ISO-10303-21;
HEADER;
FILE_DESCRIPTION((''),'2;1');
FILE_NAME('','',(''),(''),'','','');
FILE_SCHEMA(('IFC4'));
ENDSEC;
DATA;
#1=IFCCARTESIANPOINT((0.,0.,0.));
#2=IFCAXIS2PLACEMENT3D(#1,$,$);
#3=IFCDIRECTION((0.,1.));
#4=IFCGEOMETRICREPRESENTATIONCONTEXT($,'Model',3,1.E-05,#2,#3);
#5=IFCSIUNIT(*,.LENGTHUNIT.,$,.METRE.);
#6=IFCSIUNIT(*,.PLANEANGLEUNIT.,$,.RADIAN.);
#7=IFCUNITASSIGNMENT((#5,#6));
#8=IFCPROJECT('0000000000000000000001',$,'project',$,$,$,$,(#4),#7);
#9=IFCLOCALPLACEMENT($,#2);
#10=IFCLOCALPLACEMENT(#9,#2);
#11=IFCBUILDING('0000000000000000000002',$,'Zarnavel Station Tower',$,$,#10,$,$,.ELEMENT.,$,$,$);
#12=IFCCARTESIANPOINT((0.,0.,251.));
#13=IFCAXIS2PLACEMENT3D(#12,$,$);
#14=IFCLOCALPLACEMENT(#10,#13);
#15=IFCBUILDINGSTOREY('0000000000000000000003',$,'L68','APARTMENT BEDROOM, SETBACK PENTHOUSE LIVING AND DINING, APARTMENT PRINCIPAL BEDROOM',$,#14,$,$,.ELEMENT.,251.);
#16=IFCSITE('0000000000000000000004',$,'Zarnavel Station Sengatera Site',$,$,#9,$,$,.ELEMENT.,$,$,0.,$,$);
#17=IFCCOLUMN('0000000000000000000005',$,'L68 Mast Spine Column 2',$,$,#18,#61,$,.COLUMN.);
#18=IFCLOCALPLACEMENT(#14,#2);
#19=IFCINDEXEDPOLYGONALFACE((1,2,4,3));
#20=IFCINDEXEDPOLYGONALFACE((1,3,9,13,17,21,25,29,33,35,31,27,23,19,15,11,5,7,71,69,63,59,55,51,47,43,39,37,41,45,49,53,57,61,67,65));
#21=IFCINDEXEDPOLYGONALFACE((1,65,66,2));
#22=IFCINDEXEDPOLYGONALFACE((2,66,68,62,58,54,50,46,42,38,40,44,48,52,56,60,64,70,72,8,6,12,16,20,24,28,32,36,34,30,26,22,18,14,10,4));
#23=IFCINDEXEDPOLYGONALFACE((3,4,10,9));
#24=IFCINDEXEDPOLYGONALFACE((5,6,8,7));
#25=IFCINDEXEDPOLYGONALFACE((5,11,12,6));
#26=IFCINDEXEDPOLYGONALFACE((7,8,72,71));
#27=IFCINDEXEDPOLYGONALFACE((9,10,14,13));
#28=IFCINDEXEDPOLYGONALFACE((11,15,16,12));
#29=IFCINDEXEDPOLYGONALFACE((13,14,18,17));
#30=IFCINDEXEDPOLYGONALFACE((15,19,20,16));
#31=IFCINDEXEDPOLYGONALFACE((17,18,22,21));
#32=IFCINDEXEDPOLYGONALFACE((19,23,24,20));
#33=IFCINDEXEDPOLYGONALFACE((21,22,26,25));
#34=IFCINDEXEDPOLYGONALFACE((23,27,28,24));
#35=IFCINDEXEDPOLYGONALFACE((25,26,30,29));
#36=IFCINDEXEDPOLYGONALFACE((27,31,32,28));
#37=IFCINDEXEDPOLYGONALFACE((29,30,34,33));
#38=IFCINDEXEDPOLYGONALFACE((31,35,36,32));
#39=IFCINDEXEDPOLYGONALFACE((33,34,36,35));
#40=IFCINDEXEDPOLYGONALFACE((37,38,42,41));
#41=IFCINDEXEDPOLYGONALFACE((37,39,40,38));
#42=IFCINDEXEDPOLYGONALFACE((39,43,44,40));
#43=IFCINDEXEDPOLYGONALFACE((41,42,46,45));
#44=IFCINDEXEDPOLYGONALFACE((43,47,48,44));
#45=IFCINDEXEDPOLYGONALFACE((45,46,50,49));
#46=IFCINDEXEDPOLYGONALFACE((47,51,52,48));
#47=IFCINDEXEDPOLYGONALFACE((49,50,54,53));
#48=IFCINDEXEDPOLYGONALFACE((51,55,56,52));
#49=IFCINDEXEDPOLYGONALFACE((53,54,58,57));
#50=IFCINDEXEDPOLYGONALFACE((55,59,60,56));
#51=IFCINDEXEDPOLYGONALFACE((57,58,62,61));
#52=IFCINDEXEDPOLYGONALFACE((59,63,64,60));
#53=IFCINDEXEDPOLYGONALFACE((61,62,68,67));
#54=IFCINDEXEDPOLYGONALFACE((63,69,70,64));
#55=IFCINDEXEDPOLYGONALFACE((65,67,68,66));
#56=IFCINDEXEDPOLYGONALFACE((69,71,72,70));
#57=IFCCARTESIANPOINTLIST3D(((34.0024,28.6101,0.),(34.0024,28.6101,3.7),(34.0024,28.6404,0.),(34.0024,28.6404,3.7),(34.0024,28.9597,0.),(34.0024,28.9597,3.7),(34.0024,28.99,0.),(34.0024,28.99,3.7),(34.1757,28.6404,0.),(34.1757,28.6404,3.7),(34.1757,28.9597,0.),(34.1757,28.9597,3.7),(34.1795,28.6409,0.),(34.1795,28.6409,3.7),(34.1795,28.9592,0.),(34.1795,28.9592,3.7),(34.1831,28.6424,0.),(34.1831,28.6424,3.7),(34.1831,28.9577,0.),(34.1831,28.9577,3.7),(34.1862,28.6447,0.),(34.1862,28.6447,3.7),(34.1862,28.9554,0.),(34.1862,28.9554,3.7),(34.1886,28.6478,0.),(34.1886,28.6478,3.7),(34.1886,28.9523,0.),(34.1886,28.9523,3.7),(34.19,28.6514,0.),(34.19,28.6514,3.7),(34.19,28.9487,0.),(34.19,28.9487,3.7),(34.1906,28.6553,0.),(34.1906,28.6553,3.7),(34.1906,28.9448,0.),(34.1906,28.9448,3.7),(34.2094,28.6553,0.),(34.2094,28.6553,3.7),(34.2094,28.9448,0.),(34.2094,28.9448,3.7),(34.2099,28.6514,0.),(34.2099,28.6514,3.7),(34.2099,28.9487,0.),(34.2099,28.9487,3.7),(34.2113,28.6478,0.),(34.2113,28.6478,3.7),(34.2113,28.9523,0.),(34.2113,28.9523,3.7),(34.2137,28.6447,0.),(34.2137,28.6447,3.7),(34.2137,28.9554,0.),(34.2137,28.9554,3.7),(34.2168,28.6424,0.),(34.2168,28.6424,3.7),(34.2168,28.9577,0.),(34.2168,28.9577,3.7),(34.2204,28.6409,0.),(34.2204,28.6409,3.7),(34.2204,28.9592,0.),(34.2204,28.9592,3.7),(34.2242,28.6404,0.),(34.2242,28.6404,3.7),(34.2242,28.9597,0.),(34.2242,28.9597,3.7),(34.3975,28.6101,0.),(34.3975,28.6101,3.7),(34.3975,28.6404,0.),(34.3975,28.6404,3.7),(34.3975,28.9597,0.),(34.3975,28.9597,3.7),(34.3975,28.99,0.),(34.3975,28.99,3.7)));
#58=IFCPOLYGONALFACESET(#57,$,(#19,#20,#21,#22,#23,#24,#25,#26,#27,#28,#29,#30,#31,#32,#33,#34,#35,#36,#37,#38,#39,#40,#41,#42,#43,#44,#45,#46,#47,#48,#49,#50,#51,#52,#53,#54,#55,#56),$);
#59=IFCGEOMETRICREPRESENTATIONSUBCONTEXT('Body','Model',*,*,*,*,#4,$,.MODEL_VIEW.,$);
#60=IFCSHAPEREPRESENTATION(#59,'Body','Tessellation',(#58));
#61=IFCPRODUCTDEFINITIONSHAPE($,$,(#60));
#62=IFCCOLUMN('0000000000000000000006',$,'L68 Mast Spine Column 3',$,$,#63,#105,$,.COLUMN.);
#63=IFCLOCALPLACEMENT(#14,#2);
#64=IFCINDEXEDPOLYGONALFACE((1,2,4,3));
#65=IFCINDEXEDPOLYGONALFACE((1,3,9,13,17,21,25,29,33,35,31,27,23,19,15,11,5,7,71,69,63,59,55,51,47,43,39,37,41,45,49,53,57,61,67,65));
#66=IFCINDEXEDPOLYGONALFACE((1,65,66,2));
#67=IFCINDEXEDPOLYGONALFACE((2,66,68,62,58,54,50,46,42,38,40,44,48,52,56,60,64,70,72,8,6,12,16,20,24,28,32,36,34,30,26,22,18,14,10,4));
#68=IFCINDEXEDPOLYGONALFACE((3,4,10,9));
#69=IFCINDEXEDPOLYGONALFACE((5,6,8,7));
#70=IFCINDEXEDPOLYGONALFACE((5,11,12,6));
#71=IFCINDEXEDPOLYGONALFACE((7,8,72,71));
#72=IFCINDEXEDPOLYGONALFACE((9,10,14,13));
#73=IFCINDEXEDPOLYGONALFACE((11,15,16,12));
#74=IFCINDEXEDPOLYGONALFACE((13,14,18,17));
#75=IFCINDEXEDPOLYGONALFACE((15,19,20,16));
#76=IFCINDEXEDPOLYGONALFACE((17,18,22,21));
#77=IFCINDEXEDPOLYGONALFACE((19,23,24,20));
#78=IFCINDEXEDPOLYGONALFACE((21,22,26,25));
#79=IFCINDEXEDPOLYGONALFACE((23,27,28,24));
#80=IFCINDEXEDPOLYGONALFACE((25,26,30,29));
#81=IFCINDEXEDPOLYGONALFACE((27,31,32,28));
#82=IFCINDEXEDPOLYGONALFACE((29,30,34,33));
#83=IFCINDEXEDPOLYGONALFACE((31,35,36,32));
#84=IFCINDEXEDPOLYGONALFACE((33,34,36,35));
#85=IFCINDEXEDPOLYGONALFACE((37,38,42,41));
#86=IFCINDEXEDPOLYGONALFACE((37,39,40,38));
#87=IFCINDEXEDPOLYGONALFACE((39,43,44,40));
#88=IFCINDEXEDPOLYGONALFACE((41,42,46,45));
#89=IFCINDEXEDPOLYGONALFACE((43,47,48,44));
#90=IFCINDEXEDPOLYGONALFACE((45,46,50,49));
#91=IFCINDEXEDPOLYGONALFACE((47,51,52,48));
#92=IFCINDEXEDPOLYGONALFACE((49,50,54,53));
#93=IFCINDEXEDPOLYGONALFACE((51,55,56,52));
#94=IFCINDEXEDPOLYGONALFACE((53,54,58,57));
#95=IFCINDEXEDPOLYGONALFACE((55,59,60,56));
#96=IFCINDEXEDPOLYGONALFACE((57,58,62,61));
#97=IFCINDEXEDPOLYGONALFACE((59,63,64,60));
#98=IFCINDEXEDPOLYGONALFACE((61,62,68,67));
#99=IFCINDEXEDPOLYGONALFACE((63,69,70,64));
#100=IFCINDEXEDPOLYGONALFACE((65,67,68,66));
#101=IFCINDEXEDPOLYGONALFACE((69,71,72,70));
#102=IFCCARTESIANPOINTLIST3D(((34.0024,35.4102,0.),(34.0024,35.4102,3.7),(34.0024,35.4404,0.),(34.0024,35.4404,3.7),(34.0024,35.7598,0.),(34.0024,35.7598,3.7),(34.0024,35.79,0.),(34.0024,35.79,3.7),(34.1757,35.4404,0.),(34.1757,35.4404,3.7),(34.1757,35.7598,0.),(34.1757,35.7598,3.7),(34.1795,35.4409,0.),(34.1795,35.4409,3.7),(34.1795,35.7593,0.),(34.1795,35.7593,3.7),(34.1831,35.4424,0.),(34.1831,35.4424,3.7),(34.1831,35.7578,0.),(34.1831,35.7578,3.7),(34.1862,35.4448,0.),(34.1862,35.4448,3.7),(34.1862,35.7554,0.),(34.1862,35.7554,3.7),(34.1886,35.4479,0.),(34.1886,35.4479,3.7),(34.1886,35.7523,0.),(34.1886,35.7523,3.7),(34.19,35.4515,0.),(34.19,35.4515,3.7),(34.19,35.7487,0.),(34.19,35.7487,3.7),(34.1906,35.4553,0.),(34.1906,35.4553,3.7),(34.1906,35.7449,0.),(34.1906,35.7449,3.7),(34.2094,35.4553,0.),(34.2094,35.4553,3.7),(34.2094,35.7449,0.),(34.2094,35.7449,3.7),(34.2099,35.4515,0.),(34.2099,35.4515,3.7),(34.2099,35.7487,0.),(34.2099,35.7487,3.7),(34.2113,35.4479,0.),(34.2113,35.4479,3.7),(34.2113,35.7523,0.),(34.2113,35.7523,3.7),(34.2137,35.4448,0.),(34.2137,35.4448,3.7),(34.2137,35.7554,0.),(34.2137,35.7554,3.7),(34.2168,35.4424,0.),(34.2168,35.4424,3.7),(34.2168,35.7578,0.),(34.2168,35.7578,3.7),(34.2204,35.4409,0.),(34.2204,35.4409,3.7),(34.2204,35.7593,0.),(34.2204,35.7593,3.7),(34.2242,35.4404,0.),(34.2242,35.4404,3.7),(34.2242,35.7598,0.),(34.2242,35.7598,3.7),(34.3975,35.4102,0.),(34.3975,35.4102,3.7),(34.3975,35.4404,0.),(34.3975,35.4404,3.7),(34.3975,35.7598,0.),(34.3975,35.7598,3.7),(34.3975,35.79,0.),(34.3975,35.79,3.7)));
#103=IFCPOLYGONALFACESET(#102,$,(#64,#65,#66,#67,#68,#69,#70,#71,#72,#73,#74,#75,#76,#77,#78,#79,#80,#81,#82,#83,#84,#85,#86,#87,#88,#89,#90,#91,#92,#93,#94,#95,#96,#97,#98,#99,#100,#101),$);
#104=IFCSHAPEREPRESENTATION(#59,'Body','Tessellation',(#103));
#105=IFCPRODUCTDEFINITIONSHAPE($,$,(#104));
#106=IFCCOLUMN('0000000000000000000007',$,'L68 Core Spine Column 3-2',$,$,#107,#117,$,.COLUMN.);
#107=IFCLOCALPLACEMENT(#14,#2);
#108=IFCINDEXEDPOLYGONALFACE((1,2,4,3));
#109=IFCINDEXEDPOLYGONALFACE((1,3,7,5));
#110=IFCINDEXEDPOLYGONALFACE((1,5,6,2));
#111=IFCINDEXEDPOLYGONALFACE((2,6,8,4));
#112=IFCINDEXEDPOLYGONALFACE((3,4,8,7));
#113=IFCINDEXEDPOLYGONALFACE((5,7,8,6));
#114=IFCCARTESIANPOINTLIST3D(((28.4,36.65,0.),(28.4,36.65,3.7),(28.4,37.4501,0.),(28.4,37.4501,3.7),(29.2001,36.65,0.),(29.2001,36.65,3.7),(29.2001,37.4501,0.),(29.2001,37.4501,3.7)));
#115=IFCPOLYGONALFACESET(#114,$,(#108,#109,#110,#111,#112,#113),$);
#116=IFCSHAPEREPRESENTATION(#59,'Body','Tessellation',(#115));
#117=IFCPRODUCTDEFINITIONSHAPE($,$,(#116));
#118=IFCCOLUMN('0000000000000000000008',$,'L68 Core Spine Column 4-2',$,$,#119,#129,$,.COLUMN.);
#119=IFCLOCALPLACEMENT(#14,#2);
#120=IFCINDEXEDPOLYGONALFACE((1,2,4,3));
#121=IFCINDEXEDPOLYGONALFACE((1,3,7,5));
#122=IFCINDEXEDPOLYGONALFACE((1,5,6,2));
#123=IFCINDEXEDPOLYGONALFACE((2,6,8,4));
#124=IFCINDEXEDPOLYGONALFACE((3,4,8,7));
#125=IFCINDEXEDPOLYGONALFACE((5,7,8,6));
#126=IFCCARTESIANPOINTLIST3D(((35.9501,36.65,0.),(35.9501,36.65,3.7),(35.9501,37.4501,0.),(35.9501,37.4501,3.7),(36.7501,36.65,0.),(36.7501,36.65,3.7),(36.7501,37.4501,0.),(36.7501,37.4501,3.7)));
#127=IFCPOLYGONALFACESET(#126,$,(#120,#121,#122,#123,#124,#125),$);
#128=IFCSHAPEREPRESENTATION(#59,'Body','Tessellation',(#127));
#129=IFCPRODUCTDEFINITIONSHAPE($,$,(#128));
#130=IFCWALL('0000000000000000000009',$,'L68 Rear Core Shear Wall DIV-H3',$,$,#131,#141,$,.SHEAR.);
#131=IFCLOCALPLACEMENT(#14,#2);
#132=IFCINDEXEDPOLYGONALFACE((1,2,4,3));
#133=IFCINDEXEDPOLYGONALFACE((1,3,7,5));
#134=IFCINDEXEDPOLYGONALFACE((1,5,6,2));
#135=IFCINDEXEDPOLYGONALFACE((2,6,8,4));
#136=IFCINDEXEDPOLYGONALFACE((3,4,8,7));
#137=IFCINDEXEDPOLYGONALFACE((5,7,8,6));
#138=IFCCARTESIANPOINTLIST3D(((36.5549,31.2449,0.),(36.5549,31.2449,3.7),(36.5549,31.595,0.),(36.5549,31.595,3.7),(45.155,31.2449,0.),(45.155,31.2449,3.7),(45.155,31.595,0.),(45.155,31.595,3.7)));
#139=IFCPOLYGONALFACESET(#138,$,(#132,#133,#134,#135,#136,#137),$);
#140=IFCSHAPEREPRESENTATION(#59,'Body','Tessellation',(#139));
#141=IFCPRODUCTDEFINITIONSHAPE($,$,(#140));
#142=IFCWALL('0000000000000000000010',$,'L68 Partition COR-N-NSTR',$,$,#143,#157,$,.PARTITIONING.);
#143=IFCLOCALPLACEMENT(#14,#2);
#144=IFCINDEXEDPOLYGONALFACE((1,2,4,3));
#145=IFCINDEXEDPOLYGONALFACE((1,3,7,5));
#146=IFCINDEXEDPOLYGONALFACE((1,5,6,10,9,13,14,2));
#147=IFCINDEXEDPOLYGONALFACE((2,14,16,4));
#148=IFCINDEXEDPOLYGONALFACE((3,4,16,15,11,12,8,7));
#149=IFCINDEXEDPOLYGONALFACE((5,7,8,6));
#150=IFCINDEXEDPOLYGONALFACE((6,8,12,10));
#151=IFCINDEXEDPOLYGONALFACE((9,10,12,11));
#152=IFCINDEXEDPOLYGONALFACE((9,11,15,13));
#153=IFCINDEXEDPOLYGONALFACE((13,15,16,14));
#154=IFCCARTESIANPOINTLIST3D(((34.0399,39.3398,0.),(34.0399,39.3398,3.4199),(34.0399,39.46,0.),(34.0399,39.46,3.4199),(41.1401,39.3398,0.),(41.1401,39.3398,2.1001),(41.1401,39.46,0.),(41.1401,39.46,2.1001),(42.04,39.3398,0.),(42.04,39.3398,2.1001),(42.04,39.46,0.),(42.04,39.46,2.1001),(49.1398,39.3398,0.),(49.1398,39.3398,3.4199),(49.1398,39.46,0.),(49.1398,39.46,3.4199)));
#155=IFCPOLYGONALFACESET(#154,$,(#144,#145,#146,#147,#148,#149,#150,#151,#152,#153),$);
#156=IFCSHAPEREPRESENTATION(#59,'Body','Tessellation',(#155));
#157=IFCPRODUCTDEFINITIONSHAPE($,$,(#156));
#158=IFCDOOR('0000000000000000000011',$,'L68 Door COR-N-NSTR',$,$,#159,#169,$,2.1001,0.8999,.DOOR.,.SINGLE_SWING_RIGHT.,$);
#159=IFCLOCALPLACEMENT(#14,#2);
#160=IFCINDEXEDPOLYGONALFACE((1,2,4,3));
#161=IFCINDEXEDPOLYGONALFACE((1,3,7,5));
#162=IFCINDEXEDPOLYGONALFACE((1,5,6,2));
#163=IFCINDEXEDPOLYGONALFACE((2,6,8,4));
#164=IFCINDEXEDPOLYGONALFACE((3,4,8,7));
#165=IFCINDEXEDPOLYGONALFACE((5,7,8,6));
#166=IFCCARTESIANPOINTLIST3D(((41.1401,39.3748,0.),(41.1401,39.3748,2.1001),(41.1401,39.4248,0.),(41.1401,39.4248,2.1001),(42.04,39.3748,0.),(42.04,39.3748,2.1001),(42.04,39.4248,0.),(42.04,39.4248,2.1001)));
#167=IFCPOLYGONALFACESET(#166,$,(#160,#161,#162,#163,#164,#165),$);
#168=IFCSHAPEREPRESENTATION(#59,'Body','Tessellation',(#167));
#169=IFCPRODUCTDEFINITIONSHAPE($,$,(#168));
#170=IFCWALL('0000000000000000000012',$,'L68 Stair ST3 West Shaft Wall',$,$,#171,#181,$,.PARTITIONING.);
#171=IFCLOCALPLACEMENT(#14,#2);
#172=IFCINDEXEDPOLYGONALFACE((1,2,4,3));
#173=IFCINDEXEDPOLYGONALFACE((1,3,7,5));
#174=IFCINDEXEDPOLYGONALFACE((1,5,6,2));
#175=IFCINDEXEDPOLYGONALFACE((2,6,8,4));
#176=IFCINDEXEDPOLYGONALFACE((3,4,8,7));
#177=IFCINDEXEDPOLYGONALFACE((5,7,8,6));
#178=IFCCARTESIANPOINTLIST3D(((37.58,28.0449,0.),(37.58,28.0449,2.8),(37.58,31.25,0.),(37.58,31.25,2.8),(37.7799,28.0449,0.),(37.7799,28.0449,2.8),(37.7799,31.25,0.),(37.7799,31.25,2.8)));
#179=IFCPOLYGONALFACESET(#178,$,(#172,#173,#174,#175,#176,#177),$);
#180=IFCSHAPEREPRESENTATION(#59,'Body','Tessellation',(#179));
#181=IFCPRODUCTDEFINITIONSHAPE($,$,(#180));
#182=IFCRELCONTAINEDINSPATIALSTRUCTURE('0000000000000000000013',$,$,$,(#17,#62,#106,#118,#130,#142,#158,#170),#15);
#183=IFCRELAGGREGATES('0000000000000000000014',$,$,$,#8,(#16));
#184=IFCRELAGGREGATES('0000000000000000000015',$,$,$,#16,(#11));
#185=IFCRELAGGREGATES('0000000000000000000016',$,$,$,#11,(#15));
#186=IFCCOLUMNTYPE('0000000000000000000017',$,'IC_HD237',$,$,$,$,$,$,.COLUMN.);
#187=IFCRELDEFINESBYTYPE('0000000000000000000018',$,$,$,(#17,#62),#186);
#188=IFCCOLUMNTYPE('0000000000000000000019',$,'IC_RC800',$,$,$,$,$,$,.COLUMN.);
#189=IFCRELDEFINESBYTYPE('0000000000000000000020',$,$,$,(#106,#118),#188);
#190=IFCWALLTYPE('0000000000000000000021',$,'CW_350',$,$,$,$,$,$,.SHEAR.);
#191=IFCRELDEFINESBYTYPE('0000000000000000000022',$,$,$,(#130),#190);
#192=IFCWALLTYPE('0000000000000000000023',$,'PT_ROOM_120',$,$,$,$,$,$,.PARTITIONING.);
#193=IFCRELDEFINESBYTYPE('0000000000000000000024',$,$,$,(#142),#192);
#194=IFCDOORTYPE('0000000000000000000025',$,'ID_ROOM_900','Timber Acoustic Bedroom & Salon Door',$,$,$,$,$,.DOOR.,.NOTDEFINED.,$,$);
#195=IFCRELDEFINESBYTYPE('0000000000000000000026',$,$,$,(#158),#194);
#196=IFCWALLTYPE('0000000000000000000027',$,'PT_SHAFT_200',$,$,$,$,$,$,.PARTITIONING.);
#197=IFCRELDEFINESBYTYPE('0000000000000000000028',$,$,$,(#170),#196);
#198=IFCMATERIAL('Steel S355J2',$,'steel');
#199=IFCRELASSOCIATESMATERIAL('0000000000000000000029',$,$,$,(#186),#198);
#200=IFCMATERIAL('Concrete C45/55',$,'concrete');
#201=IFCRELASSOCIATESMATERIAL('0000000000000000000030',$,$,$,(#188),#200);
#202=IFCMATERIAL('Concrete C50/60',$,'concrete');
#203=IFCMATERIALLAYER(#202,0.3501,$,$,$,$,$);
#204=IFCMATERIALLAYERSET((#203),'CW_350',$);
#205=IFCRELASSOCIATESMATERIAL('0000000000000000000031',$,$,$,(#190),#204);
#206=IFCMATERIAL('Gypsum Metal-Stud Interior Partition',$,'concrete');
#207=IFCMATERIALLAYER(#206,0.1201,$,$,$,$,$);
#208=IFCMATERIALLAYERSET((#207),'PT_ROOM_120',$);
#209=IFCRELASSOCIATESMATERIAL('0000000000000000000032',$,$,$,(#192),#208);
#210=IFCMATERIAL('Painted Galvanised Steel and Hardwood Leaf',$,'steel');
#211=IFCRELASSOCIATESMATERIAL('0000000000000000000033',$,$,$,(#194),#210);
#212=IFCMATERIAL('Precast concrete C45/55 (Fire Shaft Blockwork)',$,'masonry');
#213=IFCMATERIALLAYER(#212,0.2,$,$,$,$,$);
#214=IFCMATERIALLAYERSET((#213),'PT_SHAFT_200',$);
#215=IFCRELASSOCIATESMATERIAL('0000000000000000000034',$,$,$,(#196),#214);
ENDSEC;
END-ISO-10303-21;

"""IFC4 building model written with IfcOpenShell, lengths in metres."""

from ifc_helpers import new_model, si_unit, direction, frame, frame_2d, origin, origin_2d, place, context, subcontext, project, spatial, rectangle, i_section, extrude, material, layer, layer_set, material_profile, profile_set, type_object, element, fill, save


model = new_model("IFC4")

# Units and contexts
model_context = context("Model", 3, precision=1e-05, world=origin(), true_north=direction((0.0, 1.0)))
body_context = subcontext(model_context, "Body", "Model", "MODEL_VIEW")
ifc_project = project(units=[si_unit("LENGTHUNIT", "METRE"), si_unit("PLANEANGLEUNIT", "RADIAN")], contexts=[model_context])

# Site, building, storey
site_placement = place(None, origin())
site = spatial("IfcSite", under=ifc_project, at=site_placement, Name="Zarnavel Station Sengatera Site", CompositionType="ELEMENT", RefElevation=0.0)
building_placement = place(site_placement, origin())
building = spatial("IfcBuilding", under=site, at=building_placement, Name="Zarnavel Station Tower", CompositionType="ELEMENT")
storey_placement = place(building_placement, frame((0.0, 0.0, 251.0)))
storey = spatial("IfcBuildingStorey", under=building, at=storey_placement, Name="L68", Description="APARTMENT BEDROOM, SETBACK PENTHOUSE LIVING AND DINING, APARTMENT PRINCIPAL BEDROOM", CompositionType="ELEMENT", Elevation=251.0)

# Columns
ifc_material_1 = material(Name="Steel S355J2", Category="steel")
ifc_material_profile_1 = material_profile(ifc_material_1, i_section(OverallWidth=0.395, OverallDepth=0.3799, WebThickness=0.0188, FlangeThickness=0.0303, FilletRadius=0.0149, at=origin_2d()), Name="HD400x237")
ifc_profile_set_1 = profile_set([ifc_material_profile_1], Name="Steel S355J2")
column_type_1 = type_object("IfcColumnType", Name="IC_HD237", PredefinedType="COLUMN", material=ifc_profile_set_1)
for number, where, z_axis, x_axis, name in (
    (1, (34.2, 28.8, 0.0), (0.0, 0.0, 1.0), (1.0, 0.0, 0.0), "L68 Mast Spine Column 2"),
    (2, (34.2, 35.6001, 0.0), (0.0, 0.0, 1.0), (1.0, 0.0, 0.0), "L68 Mast Spine Column 3"),
):
    element("IfcColumn", number, at=place(storey_placement, frame(where, z_axis=z_axis, x_axis=x_axis)), inside=storey, type_object=column_type_1, Name=name, PredefinedType="COLUMN", context=body_context, shape_type="SweptSolid", body=[
        extrude(i_section(OverallWidth=0.395, OverallDepth=0.3799, WebThickness=0.0188, FlangeThickness=0.0303, FilletRadius=0.0149, at=origin_2d()), origin(), (0.0, 0.0, 1.0), 3.7),
    ])
ifc_material_2 = material(Name="Concrete C45/55", Category="concrete")
ifc_material_profile_2 = material_profile(ifc_material_2, rectangle(XDim=0.8, YDim=0.8, at=origin_2d()), Name="RC800x800")
ifc_profile_set_2 = profile_set([ifc_material_profile_2], Name="Concrete C45/55")
column_type_2 = type_object("IfcColumnType", Name="IC_RC800", PredefinedType="COLUMN", material=ifc_profile_set_2)
for number, where, z_axis, x_axis, name in (
    (3, (28.8, 37.05, 0.0), (0.0, 0.0, 1.0), (1.0, 0.0, 0.0), "L68 Core Spine Column 3-2"),
    (4, (36.3501, 37.05, 0.0), (0.0, 0.0, 1.0), (1.0, 0.0, 0.0), "L68 Core Spine Column 4-2"),
):
    element("IfcColumn", number, at=place(storey_placement, frame(where, z_axis=z_axis, x_axis=x_axis)), inside=storey, type_object=column_type_2, Name=name, PredefinedType="COLUMN", context=body_context, shape_type="SweptSolid", body=[
        extrude(rectangle(XDim=0.8, YDim=0.8, at=origin_2d()), origin(), (0.0, 0.0, 1.0), 3.7),
    ])

# Wall
ifc_material_3 = material(Name="Concrete C50/60", Category="concrete")
ifc_layer_1 = layer(ifc_material_3, 0.3501)
ifc_layer_set_1 = layer_set([ifc_layer_1], Name="CW_350")
wall_type_1 = type_object("IfcWallType", Name="CW_350", PredefinedType="SHEAR", material=ifc_layer_set_1)
wall_1_placement = place(storey_placement, frame((36.5549, 31.4199, 0.0), z_axis=(0.0, 0.0, 1.0), x_axis=(1.0, 0.0, 0.0)))
element("IfcWall", 5, at=wall_1_placement, inside=storey, type_object=wall_type_1, Name="L68 Rear Core Shear Wall DIV-H3", PredefinedType="SHEAR", context=body_context, shape_type="SweptSolid", body=[
    extrude(rectangle(XDim=8.6001, YDim=0.3501, at=frame_2d((4.3, 0.0))), origin(), (0.0, 0.0, 1.0), 3.7),
])

# Wall, opening, door
ifc_material_4 = material(Name="Gypsum Metal-Stud Interior Partition", Category="concrete")
ifc_layer_2 = layer(ifc_material_4, 0.1201)
ifc_layer_set_2 = layer_set([ifc_layer_2], Name="PT_ROOM_120")
wall_type_2 = type_object("IfcWallType", Name="PT_ROOM_120", PredefinedType="PARTITIONING", material=ifc_layer_set_2)
wall_2_placement = place(storey_placement, frame((34.04, 39.3999, 0.0), z_axis=(0.0, 0.0, 1.0), x_axis=(1.0, 0.0, 0.0)))
wall_2 = element("IfcWall", 6, at=wall_2_placement, inside=storey, type_object=wall_type_2, Name="L68 Partition COR-N-NSTR", PredefinedType="PARTITIONING", context=body_context, shape_type="SweptSolid", body=[
    extrude(rectangle(XDim=15.0999, YDim=0.1201, at=frame_2d((7.5498, 0.0))), origin(), (0.0, 0.0, 1.0), 3.4199),
])
opening_1_placement = place(wall_2_placement, frame((7.1001, 0.0, 0.0)))
opening_1 = element("IfcOpeningElement", 7, at=opening_1_placement, cuts=wall_2, PredefinedType="OPENING", context=body_context, shape_type="SweptSolid", body=[
    extrude(rectangle(XDim=0.8999, YDim=2.1001, at=frame_2d((0.45, 1.05))), frame((0.0, 0.0701, 0.0), z_axis=(0.0, -1.0, 0.0), x_axis=(1.0, 0.0, 0.0)), (0.0, 0.0, 1.0), 0.1401),
])
ifc_material_5 = material(Name="Painted Galvanised Steel and Hardwood Leaf", Category="steel")
door_type_1 = type_object("IfcDoorType", Name="ID_ROOM_900", Description="Timber Acoustic Bedroom & Salon Door", OperationType="NOTDEFINED", PredefinedType="DOOR", material=ifc_material_5)
door_1_placement = place(opening_1_placement, origin())
door_1 = element("IfcDoor", 8, at=door_1_placement, inside=storey, type_object=door_type_1, Name="L68 Door COR-N-NSTR", OperationType="SINGLE_SWING_RIGHT", OverallHeight=2.1001, OverallWidth=0.8999, PredefinedType="DOOR", context=body_context, shape_type="SweptSolid", body=[
    extrude(rectangle(XDim=0.8999, YDim=2.1001, at=frame_2d((0.45, 1.05))), frame((0.0, 0.0249, 0.0), z_axis=(0.0, -1.0, 0.0), x_axis=(1.0, 0.0, 0.0)), (0.0, 0.0, 1.0), 0.05),
])
fill(opening_1, door_1)
ifc_material_6 = material(Name="Precast concrete C45/55 (Fire Shaft Blockwork)", Category="masonry")
ifc_layer_3 = layer(ifc_material_6, 0.2)
ifc_layer_set_3 = layer_set([ifc_layer_3], Name="PT_SHAFT_200")
wall_type_3 = type_object("IfcWallType", Name="PT_SHAFT_200", PredefinedType="PARTITIONING", material=ifc_layer_set_3)

# Wall
wall_3_placement = place(storey_placement, frame((37.6799, 28.0449, 0.0), z_axis=(0.0, 0.0, 1.0), x_axis=(0.0, 1.0, 0.0)))
element("IfcWall", 9, at=wall_3_placement, inside=storey, type_object=wall_type_3, Name="L68 Stair ST3 West Shaft Wall", PredefinedType="PARTITIONING", context=body_context, shape_type="SweptSolid", body=[
    extrude(rectangle(XDim=3.2051, YDim=0.2, at=frame_2d((1.6025, 0.0))), origin(), (0.0, 0.0, 1.0), 2.8),
])

save(model, "model.ifc")
